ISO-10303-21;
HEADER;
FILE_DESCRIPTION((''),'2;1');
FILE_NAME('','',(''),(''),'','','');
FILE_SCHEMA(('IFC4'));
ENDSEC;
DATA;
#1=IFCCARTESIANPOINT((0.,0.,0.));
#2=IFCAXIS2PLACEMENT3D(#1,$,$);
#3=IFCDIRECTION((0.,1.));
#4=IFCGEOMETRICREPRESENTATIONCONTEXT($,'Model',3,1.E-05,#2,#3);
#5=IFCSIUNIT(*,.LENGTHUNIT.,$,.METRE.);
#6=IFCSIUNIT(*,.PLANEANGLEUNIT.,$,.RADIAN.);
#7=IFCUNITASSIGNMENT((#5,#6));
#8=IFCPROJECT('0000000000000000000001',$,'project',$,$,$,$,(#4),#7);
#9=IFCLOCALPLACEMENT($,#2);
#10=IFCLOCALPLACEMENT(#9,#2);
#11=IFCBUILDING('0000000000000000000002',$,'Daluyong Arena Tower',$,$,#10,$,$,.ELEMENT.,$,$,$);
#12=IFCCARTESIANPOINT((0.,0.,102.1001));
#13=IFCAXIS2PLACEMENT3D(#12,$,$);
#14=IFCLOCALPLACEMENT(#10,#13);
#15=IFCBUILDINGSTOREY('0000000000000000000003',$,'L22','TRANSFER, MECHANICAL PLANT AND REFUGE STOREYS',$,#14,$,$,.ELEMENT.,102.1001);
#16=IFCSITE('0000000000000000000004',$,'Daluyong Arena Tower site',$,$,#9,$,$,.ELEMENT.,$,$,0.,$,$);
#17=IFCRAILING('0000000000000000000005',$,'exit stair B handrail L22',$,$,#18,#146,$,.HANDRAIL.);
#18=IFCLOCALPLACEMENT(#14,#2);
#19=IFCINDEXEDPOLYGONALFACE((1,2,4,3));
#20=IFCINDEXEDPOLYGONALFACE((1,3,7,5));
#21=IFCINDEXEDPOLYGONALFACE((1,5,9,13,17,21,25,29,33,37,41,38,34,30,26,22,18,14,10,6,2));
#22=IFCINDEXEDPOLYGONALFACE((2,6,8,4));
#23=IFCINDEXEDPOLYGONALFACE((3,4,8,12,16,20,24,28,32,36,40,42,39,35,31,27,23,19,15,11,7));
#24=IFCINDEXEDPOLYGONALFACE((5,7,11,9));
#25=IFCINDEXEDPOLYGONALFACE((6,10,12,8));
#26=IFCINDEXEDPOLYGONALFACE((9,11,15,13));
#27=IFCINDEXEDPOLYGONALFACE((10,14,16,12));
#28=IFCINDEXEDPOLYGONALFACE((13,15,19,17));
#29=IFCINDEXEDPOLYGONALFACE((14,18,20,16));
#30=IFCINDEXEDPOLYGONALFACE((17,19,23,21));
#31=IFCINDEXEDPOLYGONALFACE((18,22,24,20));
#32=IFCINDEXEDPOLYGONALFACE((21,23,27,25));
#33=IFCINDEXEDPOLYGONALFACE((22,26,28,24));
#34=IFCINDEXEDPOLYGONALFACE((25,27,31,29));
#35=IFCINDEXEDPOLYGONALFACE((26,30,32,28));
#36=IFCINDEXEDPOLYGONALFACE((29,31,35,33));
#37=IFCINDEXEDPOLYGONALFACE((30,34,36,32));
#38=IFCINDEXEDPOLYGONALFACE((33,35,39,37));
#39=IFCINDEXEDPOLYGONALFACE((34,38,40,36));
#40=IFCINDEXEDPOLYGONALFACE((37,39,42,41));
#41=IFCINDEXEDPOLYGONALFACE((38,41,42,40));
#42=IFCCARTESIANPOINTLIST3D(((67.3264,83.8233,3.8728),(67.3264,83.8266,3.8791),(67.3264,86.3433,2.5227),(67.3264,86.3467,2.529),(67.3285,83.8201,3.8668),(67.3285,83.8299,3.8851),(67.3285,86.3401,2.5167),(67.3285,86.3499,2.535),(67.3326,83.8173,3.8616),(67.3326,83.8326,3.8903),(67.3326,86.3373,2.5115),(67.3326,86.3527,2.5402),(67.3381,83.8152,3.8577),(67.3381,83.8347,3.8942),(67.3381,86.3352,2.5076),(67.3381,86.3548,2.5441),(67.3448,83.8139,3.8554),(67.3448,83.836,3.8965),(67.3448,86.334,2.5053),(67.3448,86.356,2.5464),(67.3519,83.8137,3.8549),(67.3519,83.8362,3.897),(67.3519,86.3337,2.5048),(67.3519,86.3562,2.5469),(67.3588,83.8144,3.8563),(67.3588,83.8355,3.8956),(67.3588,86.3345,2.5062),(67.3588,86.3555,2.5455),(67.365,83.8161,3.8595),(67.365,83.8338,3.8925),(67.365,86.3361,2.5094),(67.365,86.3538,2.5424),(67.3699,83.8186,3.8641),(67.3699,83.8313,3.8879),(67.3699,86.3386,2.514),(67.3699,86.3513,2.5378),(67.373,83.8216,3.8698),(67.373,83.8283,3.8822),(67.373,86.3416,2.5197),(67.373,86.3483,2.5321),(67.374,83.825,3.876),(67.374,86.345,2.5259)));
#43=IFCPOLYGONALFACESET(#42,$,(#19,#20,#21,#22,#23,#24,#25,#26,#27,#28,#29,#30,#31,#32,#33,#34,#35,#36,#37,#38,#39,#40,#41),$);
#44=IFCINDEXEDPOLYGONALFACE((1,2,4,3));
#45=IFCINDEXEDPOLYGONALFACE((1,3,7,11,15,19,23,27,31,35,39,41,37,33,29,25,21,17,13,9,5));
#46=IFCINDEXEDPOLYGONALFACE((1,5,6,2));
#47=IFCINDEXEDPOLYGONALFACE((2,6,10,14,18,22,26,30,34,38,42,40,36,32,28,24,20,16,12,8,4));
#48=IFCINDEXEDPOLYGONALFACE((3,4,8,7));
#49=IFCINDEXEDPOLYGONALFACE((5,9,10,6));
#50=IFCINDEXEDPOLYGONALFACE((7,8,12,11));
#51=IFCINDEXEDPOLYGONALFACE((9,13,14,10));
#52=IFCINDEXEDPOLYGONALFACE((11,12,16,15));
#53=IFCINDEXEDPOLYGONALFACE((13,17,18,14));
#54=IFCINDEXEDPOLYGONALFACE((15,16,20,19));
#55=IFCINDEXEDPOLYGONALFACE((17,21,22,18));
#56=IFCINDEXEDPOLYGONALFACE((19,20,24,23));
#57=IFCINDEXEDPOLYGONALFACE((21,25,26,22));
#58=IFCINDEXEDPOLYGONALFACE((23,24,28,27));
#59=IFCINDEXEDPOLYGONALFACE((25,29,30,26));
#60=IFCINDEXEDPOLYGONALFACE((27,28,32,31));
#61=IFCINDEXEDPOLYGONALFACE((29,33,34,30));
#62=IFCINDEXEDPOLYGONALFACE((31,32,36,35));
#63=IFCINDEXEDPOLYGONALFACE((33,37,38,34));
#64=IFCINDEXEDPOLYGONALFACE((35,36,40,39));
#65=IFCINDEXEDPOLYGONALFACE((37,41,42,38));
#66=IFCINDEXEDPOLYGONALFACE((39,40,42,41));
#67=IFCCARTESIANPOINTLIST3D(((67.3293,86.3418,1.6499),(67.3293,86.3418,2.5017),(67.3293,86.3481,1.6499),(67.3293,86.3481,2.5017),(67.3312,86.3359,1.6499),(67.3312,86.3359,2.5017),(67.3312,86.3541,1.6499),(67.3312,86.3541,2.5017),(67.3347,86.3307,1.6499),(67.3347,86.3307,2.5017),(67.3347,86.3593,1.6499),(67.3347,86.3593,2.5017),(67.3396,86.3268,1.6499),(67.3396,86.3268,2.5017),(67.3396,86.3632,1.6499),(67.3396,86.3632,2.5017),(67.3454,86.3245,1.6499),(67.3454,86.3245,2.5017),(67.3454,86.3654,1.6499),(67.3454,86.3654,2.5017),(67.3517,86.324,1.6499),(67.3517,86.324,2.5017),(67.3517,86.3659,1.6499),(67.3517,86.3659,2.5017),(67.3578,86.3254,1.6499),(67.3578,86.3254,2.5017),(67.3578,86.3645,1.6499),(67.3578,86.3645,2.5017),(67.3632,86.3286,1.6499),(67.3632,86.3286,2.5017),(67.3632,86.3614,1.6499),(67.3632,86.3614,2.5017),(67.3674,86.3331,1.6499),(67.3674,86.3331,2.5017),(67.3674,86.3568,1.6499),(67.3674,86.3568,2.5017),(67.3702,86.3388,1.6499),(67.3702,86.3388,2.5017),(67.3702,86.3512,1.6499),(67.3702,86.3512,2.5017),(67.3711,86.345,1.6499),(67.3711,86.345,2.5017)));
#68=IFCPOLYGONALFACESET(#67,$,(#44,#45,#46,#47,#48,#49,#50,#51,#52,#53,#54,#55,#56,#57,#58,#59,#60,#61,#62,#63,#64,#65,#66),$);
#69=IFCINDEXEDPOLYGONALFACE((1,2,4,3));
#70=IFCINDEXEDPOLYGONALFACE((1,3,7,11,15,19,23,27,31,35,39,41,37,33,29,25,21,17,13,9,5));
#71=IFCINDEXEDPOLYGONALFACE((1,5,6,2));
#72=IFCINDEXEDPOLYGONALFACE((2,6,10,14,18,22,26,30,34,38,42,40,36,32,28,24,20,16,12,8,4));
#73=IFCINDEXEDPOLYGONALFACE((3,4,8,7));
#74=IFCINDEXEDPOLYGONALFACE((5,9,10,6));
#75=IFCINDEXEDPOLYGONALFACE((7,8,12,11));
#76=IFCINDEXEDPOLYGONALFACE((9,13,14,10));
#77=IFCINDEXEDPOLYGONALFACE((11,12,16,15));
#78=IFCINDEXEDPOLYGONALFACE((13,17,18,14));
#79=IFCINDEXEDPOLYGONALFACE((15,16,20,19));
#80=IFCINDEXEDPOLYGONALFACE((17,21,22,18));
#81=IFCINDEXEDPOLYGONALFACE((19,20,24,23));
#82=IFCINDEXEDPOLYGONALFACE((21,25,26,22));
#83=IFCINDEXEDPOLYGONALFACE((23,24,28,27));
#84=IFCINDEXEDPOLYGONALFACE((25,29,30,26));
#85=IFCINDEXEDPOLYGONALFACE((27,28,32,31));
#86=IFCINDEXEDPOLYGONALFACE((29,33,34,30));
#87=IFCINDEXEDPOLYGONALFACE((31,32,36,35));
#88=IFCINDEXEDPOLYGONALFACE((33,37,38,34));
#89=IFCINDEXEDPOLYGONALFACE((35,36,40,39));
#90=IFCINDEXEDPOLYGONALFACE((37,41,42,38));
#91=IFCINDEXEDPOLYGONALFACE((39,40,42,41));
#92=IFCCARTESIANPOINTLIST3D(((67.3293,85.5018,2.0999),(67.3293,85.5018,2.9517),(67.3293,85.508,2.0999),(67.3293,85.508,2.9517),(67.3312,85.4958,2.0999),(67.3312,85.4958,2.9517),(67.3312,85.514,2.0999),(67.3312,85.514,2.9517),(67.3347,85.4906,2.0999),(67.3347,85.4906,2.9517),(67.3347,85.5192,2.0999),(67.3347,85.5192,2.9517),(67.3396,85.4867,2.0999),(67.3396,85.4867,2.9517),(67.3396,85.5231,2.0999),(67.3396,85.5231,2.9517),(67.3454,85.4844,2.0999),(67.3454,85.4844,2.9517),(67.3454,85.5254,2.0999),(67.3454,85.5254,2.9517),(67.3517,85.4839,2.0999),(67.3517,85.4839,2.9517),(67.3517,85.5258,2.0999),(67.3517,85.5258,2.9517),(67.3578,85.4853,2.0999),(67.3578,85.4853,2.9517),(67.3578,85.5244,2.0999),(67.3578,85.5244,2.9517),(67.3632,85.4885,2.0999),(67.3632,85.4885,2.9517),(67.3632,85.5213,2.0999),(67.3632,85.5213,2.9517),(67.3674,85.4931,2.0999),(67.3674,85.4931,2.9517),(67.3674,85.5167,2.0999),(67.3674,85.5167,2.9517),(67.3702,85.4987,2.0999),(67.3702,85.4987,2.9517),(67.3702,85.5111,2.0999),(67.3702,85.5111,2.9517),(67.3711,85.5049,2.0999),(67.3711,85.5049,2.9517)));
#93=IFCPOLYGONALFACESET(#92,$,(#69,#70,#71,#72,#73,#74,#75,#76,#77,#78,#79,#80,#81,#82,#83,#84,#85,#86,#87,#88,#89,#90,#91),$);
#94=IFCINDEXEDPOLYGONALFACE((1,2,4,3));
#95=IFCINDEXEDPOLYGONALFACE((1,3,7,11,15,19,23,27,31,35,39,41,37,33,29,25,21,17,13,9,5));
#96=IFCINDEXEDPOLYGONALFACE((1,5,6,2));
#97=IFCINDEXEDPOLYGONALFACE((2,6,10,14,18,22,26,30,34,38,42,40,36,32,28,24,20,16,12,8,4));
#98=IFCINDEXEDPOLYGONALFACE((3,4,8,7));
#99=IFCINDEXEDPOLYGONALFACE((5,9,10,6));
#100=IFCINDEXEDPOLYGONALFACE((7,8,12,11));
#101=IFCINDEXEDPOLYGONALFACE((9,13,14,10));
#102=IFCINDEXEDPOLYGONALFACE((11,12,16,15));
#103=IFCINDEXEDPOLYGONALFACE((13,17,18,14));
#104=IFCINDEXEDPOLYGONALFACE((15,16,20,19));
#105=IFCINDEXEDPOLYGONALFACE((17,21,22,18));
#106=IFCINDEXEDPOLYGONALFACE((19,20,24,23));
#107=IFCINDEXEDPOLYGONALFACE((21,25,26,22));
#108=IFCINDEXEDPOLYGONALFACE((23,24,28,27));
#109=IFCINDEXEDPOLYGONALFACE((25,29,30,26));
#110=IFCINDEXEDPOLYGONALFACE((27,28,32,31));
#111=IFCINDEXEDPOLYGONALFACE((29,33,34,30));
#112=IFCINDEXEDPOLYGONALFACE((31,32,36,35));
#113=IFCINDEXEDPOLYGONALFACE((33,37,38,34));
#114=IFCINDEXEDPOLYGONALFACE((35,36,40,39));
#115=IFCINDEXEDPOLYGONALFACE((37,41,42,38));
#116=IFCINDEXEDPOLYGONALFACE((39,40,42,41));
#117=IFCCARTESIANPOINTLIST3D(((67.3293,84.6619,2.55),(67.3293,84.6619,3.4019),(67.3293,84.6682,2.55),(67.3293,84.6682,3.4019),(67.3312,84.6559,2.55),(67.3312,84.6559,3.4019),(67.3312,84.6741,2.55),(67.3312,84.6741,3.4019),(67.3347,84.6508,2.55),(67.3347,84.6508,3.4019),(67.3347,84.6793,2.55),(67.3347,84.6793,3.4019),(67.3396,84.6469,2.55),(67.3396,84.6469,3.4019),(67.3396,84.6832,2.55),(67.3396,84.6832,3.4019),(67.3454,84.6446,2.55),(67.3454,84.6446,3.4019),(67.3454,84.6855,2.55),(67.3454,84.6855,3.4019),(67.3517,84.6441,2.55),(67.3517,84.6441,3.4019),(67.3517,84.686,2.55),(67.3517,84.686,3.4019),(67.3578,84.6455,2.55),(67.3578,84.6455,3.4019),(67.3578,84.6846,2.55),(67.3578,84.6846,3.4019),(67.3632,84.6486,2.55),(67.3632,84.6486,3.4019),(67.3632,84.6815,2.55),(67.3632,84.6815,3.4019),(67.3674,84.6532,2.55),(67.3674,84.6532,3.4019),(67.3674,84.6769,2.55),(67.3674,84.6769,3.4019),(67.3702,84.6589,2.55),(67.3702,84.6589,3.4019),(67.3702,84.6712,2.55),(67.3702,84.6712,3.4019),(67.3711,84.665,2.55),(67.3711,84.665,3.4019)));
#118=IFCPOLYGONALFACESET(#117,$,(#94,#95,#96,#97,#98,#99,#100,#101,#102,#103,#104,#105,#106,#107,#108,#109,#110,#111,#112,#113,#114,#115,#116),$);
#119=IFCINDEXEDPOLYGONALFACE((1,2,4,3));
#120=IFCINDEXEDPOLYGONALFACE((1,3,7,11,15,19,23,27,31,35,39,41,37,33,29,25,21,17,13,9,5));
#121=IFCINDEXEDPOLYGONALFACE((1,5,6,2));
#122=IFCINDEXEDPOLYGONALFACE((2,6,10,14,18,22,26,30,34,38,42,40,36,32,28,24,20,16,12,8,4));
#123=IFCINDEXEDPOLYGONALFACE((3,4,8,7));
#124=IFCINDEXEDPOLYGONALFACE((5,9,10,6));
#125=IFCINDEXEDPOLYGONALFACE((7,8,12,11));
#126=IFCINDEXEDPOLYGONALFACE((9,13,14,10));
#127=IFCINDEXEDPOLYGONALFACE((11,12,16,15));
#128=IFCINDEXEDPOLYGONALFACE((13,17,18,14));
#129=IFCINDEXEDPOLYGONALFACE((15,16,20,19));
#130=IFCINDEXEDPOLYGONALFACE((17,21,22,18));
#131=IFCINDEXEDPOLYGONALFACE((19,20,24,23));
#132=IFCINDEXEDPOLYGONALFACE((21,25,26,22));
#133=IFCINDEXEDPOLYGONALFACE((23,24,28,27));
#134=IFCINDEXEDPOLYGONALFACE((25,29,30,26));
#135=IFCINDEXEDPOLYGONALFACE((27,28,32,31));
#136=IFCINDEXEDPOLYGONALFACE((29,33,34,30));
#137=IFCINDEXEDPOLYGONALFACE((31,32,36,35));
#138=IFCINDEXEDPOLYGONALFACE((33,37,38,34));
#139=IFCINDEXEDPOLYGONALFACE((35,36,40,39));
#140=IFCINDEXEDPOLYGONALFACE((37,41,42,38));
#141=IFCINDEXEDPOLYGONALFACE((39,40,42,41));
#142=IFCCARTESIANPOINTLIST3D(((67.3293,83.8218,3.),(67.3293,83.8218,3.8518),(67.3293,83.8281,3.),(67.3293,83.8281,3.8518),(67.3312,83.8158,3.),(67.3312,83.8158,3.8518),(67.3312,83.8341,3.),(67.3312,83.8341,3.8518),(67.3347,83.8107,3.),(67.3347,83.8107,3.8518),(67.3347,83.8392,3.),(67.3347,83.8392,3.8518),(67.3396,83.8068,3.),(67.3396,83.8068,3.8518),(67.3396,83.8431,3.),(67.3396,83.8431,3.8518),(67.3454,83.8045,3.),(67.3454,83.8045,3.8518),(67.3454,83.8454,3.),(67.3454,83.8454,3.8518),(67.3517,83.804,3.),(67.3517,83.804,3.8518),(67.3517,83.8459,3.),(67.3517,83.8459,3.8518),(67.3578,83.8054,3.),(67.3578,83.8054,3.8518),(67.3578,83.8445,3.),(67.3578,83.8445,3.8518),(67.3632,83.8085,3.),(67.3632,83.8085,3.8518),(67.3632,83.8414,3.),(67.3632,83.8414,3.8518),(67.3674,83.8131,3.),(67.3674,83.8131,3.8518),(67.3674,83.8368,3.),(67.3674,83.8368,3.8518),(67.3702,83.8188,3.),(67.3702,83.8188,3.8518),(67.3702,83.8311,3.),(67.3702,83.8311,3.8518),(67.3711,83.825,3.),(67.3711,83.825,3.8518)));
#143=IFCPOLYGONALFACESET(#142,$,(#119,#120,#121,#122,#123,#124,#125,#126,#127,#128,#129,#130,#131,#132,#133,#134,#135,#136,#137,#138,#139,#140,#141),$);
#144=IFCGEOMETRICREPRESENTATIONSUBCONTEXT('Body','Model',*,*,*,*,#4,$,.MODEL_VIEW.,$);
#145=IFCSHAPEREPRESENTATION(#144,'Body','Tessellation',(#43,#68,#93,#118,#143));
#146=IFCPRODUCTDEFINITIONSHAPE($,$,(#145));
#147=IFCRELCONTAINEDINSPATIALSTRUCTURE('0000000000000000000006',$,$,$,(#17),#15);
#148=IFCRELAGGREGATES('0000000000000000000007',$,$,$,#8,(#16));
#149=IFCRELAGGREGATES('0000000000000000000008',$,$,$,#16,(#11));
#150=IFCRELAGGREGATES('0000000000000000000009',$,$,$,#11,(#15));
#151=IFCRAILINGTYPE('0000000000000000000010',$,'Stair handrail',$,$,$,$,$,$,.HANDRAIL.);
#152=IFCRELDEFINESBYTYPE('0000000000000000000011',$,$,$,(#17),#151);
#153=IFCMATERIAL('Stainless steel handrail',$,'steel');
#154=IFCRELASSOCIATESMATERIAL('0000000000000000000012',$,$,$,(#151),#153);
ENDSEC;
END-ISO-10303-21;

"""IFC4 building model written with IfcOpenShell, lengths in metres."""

from ifc_helpers import new_model, si_unit, direction, frame, origin, origin_2d, place, context, subcontext, project, spatial, circle, extrude, material, type_object, element, save


model = new_model("IFC4")

# Units and contexts
model_context = context("Model", 3, precision=1e-05, world=origin(), true_north=direction((0.0, 1.0)))
body_context = subcontext(model_context, "Body", "Model", "MODEL_VIEW")
ifc_project = project(units=[si_unit("LENGTHUNIT", "METRE"), si_unit("PLANEANGLEUNIT", "RADIAN")], contexts=[model_context])

# Site, building, storey
site_placement = place(None, origin())
site = spatial("IfcSite", under=ifc_project, at=site_placement, Name="Daluyong Arena Tower site", CompositionType="ELEMENT", RefElevation=0.0)
building_placement = place(site_placement, origin())
building = spatial("IfcBuilding", under=site, at=building_placement, Name="Daluyong Arena Tower", CompositionType="ELEMENT")
storey_placement = place(building_placement, frame((0.0, 0.0, 102.1001)))
storey = spatial("IfcBuildingStorey", under=building, at=storey_placement, Name="L22", Description="TRANSFER, MECHANICAL PLANT AND REFUGE STOREYS", CompositionType="ELEMENT", Elevation=102.1001)

# Railing
ifc_material_1 = material(Name="Stainless steel handrail", Category="steel")
railing_type_1 = type_object("IfcRailingType", Name="Stair handrail", PredefinedType="HANDRAIL", material=ifc_material_1)
for number, where, name in (
    (1, (67.3501, 86.345, 1.6499), "exit stair B handrail L22"),
):
    element("IfcRailing", number, at=place(storey_placement, frame(where)), inside=storey, type_object=railing_type_1, Name=name, PredefinedType="HANDRAIL", context=body_context, shape_type="SweptSolid", body=[
        extrude(circle(Radius=0.0239, at=origin_2d()), frame((0.0, 0.0, 0.876), z_axis=(0.0, -0.881467, 0.472245), x_axis=(1.0, 0.0, 0.0)), (0.0, 0.0, 1.0), 2.8589),
        extrude(circle(Radius=0.021, at=origin_2d()), origin(), (0.0, 0.0, 1.0), 0.8518),
        extrude(circle(Radius=0.021, at=origin_2d()), frame((0.0, -0.8401, 0.45)), (0.0, 0.0, 1.0), 0.8518),
        extrude(circle(Radius=0.021, at=origin_2d()), frame((0.0, -1.6799, 0.9001)), (0.0, 0.0, 1.0), 0.8518),
        extrude(circle(Radius=0.021, at=origin_2d()), frame((0.0, -2.52, 1.3501)), (0.0, 0.0, 1.0), 0.8518),
    ])

save(model, "model.ifc")
